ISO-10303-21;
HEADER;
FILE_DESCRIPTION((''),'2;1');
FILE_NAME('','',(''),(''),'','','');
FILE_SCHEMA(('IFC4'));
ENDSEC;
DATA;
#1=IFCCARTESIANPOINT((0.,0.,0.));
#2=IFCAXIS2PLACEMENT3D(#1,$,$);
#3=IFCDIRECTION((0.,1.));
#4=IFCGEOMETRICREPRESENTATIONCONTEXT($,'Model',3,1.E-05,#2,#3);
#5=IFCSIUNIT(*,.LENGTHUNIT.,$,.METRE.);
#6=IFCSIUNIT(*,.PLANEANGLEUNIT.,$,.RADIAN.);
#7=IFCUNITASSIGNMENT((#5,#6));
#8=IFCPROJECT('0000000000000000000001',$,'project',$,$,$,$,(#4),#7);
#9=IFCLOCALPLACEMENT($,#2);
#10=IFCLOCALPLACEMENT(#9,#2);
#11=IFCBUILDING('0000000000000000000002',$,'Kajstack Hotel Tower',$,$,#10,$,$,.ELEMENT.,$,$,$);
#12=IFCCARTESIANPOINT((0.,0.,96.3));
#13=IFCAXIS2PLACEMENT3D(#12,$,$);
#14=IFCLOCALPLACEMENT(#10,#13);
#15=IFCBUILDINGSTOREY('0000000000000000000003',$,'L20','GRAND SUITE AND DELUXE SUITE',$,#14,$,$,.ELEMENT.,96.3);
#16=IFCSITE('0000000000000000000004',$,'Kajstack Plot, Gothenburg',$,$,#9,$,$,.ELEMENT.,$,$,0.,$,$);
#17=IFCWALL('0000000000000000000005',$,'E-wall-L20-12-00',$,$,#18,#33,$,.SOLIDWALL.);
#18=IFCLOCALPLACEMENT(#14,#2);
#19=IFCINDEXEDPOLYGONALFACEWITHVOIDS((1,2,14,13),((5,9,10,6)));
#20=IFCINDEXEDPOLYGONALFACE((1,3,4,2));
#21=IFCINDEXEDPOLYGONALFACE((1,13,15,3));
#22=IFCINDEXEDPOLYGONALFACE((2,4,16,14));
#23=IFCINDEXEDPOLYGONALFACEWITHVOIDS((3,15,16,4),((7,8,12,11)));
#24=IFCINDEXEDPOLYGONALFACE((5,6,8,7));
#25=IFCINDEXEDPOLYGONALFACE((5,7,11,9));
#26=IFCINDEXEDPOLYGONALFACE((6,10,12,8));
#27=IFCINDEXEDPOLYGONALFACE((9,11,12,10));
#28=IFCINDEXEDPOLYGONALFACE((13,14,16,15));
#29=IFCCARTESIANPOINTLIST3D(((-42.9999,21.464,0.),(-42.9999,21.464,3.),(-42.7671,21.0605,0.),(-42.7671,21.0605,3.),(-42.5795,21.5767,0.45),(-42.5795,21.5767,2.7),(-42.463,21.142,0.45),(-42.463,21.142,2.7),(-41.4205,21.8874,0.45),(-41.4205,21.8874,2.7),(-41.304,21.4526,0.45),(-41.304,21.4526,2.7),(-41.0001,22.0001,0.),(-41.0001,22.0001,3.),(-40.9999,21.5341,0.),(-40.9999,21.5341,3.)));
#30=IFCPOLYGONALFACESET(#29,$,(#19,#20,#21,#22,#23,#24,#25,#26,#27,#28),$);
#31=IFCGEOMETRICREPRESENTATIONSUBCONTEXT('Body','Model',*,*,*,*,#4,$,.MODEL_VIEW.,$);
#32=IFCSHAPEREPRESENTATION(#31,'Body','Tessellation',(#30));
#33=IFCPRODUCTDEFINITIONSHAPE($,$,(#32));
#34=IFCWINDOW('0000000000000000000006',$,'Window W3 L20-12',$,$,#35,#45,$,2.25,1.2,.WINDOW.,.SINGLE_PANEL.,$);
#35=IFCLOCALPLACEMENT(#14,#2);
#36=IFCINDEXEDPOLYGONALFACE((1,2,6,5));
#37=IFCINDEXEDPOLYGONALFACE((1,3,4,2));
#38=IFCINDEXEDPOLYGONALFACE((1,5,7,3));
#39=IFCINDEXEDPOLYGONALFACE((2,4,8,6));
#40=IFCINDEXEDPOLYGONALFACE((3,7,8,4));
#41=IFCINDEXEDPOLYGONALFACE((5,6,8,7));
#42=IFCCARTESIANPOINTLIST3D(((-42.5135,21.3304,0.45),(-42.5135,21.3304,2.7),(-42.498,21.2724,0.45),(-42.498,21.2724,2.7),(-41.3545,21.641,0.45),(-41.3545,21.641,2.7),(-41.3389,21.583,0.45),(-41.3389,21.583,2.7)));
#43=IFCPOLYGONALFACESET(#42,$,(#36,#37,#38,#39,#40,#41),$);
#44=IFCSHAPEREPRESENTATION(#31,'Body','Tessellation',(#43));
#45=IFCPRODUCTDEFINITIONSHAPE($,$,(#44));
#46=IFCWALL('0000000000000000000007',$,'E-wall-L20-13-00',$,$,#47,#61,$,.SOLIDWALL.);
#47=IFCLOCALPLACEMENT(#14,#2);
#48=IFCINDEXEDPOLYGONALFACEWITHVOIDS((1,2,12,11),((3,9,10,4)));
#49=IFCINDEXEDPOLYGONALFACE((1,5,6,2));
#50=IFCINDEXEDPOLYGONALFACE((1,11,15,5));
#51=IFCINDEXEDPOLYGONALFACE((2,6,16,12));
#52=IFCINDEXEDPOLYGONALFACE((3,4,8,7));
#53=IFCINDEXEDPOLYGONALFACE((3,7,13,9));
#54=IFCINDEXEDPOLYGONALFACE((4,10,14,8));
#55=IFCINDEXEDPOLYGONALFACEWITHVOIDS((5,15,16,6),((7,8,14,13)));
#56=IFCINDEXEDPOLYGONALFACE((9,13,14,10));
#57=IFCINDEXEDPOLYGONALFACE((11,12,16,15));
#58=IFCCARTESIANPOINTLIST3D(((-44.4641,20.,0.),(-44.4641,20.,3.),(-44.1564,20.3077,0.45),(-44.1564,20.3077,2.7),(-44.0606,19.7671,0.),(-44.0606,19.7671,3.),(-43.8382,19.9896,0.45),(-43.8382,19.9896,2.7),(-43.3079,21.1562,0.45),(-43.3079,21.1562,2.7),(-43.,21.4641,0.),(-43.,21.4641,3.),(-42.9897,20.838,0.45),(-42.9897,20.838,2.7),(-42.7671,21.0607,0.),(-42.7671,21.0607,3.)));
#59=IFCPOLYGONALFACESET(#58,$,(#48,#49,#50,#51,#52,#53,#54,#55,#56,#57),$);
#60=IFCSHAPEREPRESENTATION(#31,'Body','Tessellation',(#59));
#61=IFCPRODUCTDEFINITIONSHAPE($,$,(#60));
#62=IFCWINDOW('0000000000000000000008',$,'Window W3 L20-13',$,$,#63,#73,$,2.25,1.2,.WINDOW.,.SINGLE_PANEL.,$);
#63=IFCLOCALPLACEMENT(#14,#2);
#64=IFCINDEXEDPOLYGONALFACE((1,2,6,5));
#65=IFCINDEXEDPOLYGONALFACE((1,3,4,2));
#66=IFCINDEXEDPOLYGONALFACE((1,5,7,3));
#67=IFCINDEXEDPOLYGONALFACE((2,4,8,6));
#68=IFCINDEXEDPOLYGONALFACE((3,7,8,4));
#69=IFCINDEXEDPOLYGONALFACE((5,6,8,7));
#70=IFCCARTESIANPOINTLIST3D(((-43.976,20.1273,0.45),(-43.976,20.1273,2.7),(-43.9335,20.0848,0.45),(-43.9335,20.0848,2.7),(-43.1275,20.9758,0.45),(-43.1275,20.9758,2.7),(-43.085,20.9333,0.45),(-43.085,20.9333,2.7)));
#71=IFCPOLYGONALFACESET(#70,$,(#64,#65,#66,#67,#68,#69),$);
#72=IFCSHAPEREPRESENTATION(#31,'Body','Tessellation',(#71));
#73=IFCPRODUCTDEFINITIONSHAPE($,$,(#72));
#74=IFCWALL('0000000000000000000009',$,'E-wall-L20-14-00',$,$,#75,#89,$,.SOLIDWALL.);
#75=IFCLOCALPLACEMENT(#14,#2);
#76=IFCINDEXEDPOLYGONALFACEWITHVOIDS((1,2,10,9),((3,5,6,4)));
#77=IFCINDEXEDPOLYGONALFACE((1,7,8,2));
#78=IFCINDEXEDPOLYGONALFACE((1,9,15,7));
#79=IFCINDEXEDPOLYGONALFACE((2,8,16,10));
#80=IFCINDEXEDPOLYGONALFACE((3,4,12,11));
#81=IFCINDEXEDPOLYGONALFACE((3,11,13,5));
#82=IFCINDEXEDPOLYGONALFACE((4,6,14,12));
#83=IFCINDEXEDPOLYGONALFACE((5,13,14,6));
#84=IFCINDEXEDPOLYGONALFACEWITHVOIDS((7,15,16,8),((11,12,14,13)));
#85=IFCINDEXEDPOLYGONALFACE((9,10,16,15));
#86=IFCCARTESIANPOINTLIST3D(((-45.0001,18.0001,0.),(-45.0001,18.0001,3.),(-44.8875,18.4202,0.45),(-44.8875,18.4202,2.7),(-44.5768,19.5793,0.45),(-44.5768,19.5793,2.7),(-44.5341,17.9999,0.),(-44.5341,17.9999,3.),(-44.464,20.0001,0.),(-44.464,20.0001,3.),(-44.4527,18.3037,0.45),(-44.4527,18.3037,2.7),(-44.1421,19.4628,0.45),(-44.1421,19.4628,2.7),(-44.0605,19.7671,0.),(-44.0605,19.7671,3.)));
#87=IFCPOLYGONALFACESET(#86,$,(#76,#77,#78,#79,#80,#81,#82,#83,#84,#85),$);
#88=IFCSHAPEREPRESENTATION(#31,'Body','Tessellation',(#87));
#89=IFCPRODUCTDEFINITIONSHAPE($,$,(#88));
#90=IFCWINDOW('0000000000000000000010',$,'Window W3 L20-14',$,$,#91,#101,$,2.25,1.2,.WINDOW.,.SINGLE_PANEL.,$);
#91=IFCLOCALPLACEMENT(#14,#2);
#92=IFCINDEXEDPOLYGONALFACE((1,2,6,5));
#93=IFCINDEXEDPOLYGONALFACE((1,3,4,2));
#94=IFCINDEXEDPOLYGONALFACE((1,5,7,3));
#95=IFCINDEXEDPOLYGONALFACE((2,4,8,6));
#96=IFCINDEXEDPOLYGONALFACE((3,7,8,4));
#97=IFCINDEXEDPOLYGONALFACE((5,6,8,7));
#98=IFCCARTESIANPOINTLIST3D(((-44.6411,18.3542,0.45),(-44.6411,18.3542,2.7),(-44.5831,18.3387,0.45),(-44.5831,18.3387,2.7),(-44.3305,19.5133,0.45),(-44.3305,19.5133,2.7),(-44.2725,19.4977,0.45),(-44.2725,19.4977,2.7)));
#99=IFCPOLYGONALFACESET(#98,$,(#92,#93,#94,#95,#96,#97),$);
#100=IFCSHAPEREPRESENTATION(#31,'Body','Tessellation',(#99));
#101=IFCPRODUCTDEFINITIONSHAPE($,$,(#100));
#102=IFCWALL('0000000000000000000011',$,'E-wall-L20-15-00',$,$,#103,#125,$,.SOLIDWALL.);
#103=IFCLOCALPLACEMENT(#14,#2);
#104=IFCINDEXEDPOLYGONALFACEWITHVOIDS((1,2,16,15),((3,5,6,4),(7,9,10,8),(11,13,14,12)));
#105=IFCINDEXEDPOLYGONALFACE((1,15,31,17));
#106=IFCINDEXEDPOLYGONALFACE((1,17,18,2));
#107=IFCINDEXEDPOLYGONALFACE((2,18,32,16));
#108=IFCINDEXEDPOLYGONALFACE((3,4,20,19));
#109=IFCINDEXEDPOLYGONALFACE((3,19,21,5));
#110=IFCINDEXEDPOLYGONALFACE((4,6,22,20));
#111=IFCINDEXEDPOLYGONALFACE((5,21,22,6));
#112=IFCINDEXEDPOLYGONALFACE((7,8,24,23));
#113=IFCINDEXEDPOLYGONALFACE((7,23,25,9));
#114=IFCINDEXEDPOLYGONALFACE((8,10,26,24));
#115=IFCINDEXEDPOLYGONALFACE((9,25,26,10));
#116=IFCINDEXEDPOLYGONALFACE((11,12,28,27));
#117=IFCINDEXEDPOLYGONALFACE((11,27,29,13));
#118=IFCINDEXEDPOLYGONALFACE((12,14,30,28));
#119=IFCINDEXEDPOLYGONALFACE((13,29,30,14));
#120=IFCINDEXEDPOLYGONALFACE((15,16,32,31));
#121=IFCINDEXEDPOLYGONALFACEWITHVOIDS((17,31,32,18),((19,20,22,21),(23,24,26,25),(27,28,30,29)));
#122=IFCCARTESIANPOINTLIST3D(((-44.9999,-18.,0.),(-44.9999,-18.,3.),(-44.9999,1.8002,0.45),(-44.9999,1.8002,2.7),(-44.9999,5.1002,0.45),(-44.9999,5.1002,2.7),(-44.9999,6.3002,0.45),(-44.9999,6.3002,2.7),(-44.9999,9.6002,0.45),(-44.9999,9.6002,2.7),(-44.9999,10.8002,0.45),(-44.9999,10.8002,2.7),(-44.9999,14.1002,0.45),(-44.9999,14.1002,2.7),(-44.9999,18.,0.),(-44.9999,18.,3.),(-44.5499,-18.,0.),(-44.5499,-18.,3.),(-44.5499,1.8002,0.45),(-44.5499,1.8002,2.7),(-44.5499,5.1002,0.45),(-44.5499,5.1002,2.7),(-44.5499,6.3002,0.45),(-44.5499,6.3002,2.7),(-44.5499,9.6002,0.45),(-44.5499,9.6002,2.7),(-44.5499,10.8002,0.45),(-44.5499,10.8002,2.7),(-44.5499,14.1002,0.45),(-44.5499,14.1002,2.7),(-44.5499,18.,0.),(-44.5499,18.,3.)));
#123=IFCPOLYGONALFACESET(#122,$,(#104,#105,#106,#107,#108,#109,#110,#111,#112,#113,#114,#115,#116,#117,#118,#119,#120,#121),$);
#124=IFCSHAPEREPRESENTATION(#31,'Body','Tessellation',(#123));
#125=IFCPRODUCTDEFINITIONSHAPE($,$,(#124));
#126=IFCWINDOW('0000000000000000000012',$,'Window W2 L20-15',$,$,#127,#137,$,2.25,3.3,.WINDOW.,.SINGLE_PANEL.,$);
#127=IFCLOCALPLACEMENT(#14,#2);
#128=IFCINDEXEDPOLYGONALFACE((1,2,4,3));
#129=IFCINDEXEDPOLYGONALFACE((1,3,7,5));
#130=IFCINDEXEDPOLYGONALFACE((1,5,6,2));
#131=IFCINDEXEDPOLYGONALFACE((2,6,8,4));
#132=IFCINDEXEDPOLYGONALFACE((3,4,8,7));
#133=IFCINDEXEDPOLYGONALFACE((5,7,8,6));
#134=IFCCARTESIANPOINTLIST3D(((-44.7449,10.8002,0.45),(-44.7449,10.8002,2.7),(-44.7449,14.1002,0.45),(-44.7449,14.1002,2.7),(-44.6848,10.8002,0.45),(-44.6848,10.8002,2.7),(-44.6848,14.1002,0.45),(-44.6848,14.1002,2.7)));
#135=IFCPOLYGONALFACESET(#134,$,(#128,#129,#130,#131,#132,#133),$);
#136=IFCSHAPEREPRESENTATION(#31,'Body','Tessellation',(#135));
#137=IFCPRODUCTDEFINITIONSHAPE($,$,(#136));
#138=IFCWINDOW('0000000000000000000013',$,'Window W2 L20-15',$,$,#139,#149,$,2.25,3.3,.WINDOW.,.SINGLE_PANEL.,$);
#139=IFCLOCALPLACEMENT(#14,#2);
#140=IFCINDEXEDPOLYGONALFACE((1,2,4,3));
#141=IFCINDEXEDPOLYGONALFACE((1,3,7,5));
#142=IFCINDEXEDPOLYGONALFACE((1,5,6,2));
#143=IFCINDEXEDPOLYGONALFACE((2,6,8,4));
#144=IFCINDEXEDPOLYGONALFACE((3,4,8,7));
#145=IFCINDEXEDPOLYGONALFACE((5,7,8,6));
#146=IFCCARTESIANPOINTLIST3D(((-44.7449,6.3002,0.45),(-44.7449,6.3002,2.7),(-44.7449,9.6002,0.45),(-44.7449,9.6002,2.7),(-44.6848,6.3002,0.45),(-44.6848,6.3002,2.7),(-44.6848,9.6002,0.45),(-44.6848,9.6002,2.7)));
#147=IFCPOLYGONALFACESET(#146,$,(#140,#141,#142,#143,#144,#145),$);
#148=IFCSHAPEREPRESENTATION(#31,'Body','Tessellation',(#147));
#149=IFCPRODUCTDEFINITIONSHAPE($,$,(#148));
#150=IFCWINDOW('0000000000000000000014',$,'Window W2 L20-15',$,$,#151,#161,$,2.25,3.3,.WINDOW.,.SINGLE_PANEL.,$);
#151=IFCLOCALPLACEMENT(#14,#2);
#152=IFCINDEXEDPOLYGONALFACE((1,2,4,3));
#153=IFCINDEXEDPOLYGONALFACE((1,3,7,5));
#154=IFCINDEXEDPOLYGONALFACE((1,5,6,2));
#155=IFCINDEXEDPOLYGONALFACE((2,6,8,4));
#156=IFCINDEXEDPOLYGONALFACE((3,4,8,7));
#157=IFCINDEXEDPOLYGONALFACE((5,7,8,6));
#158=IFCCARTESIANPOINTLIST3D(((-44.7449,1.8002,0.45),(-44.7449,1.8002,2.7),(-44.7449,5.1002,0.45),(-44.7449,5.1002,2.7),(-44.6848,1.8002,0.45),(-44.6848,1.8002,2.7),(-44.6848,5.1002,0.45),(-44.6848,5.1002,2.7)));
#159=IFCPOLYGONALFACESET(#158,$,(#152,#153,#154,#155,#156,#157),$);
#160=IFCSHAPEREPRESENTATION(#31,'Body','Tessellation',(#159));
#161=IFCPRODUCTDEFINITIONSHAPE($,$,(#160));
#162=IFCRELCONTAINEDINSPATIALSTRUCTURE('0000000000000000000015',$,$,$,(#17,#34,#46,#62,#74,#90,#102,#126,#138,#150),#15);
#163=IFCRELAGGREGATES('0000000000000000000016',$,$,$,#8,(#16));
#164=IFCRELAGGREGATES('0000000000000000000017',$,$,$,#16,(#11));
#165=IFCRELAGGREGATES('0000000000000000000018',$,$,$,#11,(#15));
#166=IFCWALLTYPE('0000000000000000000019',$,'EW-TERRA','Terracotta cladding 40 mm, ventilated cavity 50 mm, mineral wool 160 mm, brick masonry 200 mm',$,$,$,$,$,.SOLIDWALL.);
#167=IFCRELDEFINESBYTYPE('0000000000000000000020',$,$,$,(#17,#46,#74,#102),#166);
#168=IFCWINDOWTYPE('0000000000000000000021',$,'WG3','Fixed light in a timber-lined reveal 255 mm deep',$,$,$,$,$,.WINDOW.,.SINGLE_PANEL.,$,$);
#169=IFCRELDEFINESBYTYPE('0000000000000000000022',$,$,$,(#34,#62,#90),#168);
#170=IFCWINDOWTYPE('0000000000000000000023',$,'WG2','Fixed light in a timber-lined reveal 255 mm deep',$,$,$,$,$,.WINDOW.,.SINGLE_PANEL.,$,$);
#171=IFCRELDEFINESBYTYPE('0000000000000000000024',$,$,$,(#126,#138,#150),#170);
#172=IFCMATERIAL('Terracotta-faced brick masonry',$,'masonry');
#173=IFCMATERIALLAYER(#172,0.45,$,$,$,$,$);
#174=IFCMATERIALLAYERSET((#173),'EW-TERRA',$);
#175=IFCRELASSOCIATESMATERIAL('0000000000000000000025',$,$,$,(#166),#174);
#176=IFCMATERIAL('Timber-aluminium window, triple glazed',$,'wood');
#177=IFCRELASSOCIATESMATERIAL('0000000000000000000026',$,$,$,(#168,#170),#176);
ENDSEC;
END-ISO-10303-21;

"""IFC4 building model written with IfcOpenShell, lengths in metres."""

from ifc_helpers import new_model, si_unit, direction, frame, frame_2d, origin, place, context, subcontext, project, spatial, polyline, rectangle, outline, extrude, material, layer, layer_set, type_object, element, fill, save


model = new_model("IFC4")

# Units and contexts
model_context = context("Model", 3, precision=1e-05, world=origin(), true_north=direction((0.0, 1.0)))
body_context = subcontext(model_context, "Body", "Model", "MODEL_VIEW")
ifc_project = project(units=[si_unit("LENGTHUNIT", "METRE"), si_unit("PLANEANGLEUNIT", "RADIAN")], contexts=[model_context])

# Site, building, storey
site_placement = place(None, origin())
site = spatial("IfcSite", under=ifc_project, at=site_placement, Name="Kajstack Plot, Gothenburg", CompositionType="ELEMENT", RefElevation=0.0)
building_placement = place(site_placement, origin())
building = spatial("IfcBuilding", under=site, at=building_placement, Name="Kajstack Hotel Tower", CompositionType="ELEMENT")
storey_placement = place(building_placement, frame((0.0, 0.0, 96.3)))
storey = spatial("IfcBuildingStorey", under=building, at=storey_placement, Name="L20", Description="GRAND SUITE AND DELUXE SUITE", CompositionType="ELEMENT", Elevation=96.3)

# Walls, openings, windows
ifc_material_1 = material(Name="Terracotta-faced brick masonry", Category="masonry")
ifc_layer_1 = layer(ifc_material_1, 0.45)
ifc_layer_set_1 = layer_set([ifc_layer_1], Name="EW-TERRA")
wall_type_1 = type_object("IfcWallType", Name="EW-TERRA", Description="Terracotta cladding 40 mm, ventilated cavity 50 mm, mineral wool 160 mm, brick masonry 200 mm", PredefinedType="SOLIDWALL", material=ifc_layer_set_1)
wall_1_placement = place(storey_placement, frame((-40.9417, 21.7827, 0.0), z_axis=(0.0, 0.0, 1.0), x_axis=(-0.965927, -0.258815, 0.0)))
wall_1 = element("IfcWall", 1, at=wall_1_placement, inside=storey, type_object=wall_type_1, Name="E-wall-L20-12-00", PredefinedType="SOLIDWALL", context=body_context, shape_type="SweptSolid", body=[
    extrude(outline(polyline([(0.0002, -0.2251), (2.0706, -0.2249), (1.9502, 0.2251), (0.1206, 0.2251), (0.0002, -0.2251)])), origin(), (0.0, 0.0, 1.0), 3.0),
])
opening_1_placement = place(wall_1_placement, frame((0.4353, 0.0, 0.45)))
opening_1 = element("IfcOpeningElement", 2, at=opening_1_placement, cuts=wall_1, PredefinedType="OPENING", context=body_context, shape_type="SweptSolid", body=[
    extrude(rectangle(XDim=1.2, YDim=2.25, at=frame_2d((0.6001, 1.125))), frame((0.0, 0.2349, 0.0), z_axis=(0.0, -1.0, 0.0), x_axis=(1.0, 0.0, 0.0)), (0.0, 0.0, 1.0), 0.47),
])
ifc_material_2 = material(Name="Timber-aluminium window, triple glazed", Category="wood")
window_type_1 = type_object("IfcWindowType", Name="WG3", Description="Fixed light in a timber-lined reveal 255 mm deep", PartitioningType="SINGLE_PANEL", PredefinedType="WINDOW", material=ifc_material_2)
window_1_placement = place(opening_1_placement, origin())
window_1 = element("IfcWindow", 3, at=window_1_placement, inside=storey, type_object=window_type_1, Name="Window W3 L20-12", OverallHeight=2.25, OverallWidth=1.2, PartitioningType="SINGLE_PANEL", PredefinedType="WINDOW", context=body_context, shape_type="SweptSolid", body=[
    extrude(rectangle(XDim=1.2, YDim=2.25, at=frame_2d((0.6001, 1.125))), frame((0.0, 0.0901, 0.0), z_axis=(0.0, -1.0, 0.0), x_axis=(1.0, 0.0, 0.0)), (0.0, 0.0, 1.0), 0.0601),
])
fill(opening_1, window_1)
wall_2_placement = place(storey_placement, frame((-42.8408, 21.3049, 0.0), z_axis=(0.0, 0.0, 1.0), x_axis=(-0.707107, -0.707107, 0.0)))
wall_2 = element("IfcWall", 4, at=wall_2_placement, inside=storey, type_object=wall_type_1, Name="E-wall-L20-13-00", PredefinedType="SOLIDWALL", context=body_context, shape_type="SweptSolid", body=[
    extrude(outline(polyline([(0.0, -0.2251), (2.0706, -0.2251), (1.95, 0.2249), (0.1206, 0.2249), (0.0, -0.2251)])), origin(), (0.0, 0.0, 1.0), 3.0),
])
opening_2_placement = place(wall_2_placement, frame((0.4353, 0.0, 0.45)))
opening_2 = element("IfcOpeningElement", 5, at=opening_2_placement, cuts=wall_2, PredefinedType="OPENING", context=body_context, shape_type="SweptSolid", body=[
    extrude(rectangle(XDim=1.2, YDim=2.25, at=frame_2d((0.6001, 1.125))), frame((0.0, 0.2349, 0.0), z_axis=(0.0, -1.0, 0.0), x_axis=(1.0, 0.0, 0.0)), (0.0, 0.0, 1.0), 0.47),
])
window_2_placement = place(opening_2_placement, origin())
window_2 = element("IfcWindow", 6, at=window_2_placement, inside=storey, type_object=window_type_1, Name="Window W3 L20-13", OverallHeight=2.25, OverallWidth=1.2, PartitioningType="SINGLE_PANEL", PredefinedType="WINDOW", context=body_context, shape_type="SweptSolid", body=[
    extrude(rectangle(XDim=1.2, YDim=2.25, at=frame_2d((0.6001, 1.125))), frame((0.0, 0.0901, 0.0), z_axis=(0.0, -1.0, 0.0), x_axis=(1.0, 0.0, 0.0)), (0.0, 0.0, 1.0), 0.0601),
])
fill(opening_2, window_2)
wall_3_placement = place(storey_placement, frame((-44.2468, 19.9417, 0.0), z_axis=(0.0, 0.0, 1.0), x_axis=(-0.258815, -0.965927, 0.0)))
wall_3 = element("IfcWall", 7, at=wall_3_placement, inside=storey, type_object=wall_type_1, Name="E-wall-L20-14-00", PredefinedType="SOLIDWALL", context=body_context, shape_type="SweptSolid", body=[
    extrude(outline(polyline([(-0.0002, -0.2249), (2.0703, -0.2251), (1.95, 0.2251), (0.1204, 0.2251), (-0.0002, -0.2249)])), origin(), (0.0, 0.0, 1.0), 3.0),
])
opening_3_placement = place(wall_3_placement, frame((0.4353, 0.0, 0.45)))
opening_3 = element("IfcOpeningElement", 8, at=opening_3_placement, cuts=wall_3, PredefinedType="OPENING", context=body_context, shape_type="SweptSolid", body=[
    extrude(rectangle(XDim=1.2, YDim=2.25, at=frame_2d((0.6001, 1.125))), frame((0.0, 0.2349, 0.0), z_axis=(0.0, -1.0, 0.0), x_axis=(1.0, 0.0, 0.0)), (0.0, 0.0, 1.0), 0.47),
])
window_3_placement = place(opening_3_placement, origin())
window_3 = element("IfcWindow", 9, at=window_3_placement, inside=storey, type_object=window_type_1, Name="Window W3 L20-14", OverallHeight=2.25, OverallWidth=1.2, PartitioningType="SINGLE_PANEL", PredefinedType="WINDOW", context=body_context, shape_type="SweptSolid", body=[
    extrude(rectangle(XDim=1.2, YDim=2.25, at=frame_2d((0.6001, 1.125))), frame((0.0, 0.0901, 0.0), z_axis=(0.0, -1.0, 0.0), x_axis=(1.0, 0.0, 0.0)), (0.0, 0.0, 1.0), 0.0601),
])
fill(opening_3, window_3)

# Wall, openings, windows
wall_4_placement = place(storey_placement, frame((-44.7749, 18.0, 0.0), z_axis=(0.0, 0.0, 1.0), x_axis=(0.0, -1.0, 0.0)))
wall_4 = element("IfcWall", 10, at=wall_4_placement, inside=storey, type_object=wall_type_1, Name="E-wall-L20-15-00", PredefinedType="SOLIDWALL", context=body_context, shape_type="SweptSolid", body=[
    extrude(rectangle(XDim=36.0, YDim=0.45, at=frame_2d((18.0, 0.0))), origin(), (0.0, 0.0, 1.0), 3.0),
])
opening_4_placement = place(wall_4_placement, frame((3.8999, 0.0, 0.45)))
opening_4 = element("IfcOpeningElement", 11, at=opening_4_placement, cuts=wall_4, PredefinedType="OPENING", context=body_context, shape_type="SweptSolid", body=[
    extrude(rectangle(XDim=3.3, YDim=2.25, at=frame_2d((1.6499, 1.125))), frame((0.0, 0.2349, 0.0), z_axis=(0.0, -1.0, 0.0), x_axis=(1.0, 0.0, 0.0)), (0.0, 0.0, 1.0), 0.47),
])
opening_5_placement = place(wall_4_placement, frame((8.3999, 0.0, 0.45)))
opening_5 = element("IfcOpeningElement", 12, at=opening_5_placement, cuts=wall_4, PredefinedType="OPENING", context=body_context, shape_type="SweptSolid", body=[
    extrude(rectangle(XDim=3.3, YDim=2.25, at=frame_2d((1.6499, 1.125))), frame((0.0, 0.2349, 0.0), z_axis=(0.0, -1.0, 0.0), x_axis=(1.0, 0.0, 0.0)), (0.0, 0.0, 1.0), 0.47),
])
opening_6_placement = place(wall_4_placement, frame((12.8999, 0.0, 0.45)))
opening_6 = element("IfcOpeningElement", 13, at=opening_6_placement, cuts=wall_4, PredefinedType="OPENING", context=body_context, shape_type="SweptSolid", body=[
    extrude(rectangle(XDim=3.3, YDim=2.25, at=frame_2d((1.6499, 1.125))), frame((0.0, 0.2349, 0.0), z_axis=(0.0, -1.0, 0.0), x_axis=(1.0, 0.0, 0.0)), (0.0, 0.0, 1.0), 0.47),
])
window_type_2 = type_object("IfcWindowType", Name="WG2", Description="Fixed light in a timber-lined reveal 255 mm deep", PartitioningType="SINGLE_PANEL", PredefinedType="WINDOW", material=ifc_material_2)
window_4_placement = place(opening_4_placement, origin())
window_4 = element("IfcWindow", 14, at=window_4_placement, inside=storey, type_object=window_type_2, Name="Window W2 L20-15", OverallHeight=2.25, OverallWidth=3.3, PartitioningType="SINGLE_PANEL", PredefinedType="WINDOW", context=body_context, shape_type="SweptSolid", body=[
    extrude(rectangle(XDim=3.3, YDim=2.25, at=frame_2d((1.6499, 1.125))), frame((0.0, 0.0901, 0.0), z_axis=(0.0, -1.0, 0.0), x_axis=(1.0, 0.0, 0.0)), (0.0, 0.0, 1.0), 0.0601),
])
fill(opening_4, window_4)
window_5_placement = place(opening_5_placement, origin())
window_5 = element("IfcWindow", 15, at=window_5_placement, inside=storey, type_object=window_type_2, Name="Window W2 L20-15", OverallHeight=2.25, OverallWidth=3.3, PartitioningType="SINGLE_PANEL", PredefinedType="WINDOW", context=body_context, shape_type="SweptSolid", body=[
    extrude(rectangle(XDim=3.3, YDim=2.25, at=frame_2d((1.6499, 1.125))), frame((0.0, 0.0901, 0.0), z_axis=(0.0, -1.0, 0.0), x_axis=(1.0, 0.0, 0.0)), (0.0, 0.0, 1.0), 0.0601),
])
fill(opening_5, window_5)
window_6_placement = place(opening_6_placement, origin())
window_6 = element("IfcWindow", 16, at=window_6_placement, inside=storey, type_object=window_type_2, Name="Window W2 L20-15", OverallHeight=2.25, OverallWidth=3.3, PartitioningType="SINGLE_PANEL", PredefinedType="WINDOW", context=body_context, shape_type="SweptSolid", body=[
    extrude(rectangle(XDim=3.3, YDim=2.25, at=frame_2d((1.6499, 1.125))), frame((0.0, 0.0901, 0.0), z_axis=(0.0, -1.0, 0.0), x_axis=(1.0, 0.0, 0.0)), (0.0, 0.0, 1.0), 0.0601),
])
fill(opening_6, window_6)

save(model, "model.ifc")
